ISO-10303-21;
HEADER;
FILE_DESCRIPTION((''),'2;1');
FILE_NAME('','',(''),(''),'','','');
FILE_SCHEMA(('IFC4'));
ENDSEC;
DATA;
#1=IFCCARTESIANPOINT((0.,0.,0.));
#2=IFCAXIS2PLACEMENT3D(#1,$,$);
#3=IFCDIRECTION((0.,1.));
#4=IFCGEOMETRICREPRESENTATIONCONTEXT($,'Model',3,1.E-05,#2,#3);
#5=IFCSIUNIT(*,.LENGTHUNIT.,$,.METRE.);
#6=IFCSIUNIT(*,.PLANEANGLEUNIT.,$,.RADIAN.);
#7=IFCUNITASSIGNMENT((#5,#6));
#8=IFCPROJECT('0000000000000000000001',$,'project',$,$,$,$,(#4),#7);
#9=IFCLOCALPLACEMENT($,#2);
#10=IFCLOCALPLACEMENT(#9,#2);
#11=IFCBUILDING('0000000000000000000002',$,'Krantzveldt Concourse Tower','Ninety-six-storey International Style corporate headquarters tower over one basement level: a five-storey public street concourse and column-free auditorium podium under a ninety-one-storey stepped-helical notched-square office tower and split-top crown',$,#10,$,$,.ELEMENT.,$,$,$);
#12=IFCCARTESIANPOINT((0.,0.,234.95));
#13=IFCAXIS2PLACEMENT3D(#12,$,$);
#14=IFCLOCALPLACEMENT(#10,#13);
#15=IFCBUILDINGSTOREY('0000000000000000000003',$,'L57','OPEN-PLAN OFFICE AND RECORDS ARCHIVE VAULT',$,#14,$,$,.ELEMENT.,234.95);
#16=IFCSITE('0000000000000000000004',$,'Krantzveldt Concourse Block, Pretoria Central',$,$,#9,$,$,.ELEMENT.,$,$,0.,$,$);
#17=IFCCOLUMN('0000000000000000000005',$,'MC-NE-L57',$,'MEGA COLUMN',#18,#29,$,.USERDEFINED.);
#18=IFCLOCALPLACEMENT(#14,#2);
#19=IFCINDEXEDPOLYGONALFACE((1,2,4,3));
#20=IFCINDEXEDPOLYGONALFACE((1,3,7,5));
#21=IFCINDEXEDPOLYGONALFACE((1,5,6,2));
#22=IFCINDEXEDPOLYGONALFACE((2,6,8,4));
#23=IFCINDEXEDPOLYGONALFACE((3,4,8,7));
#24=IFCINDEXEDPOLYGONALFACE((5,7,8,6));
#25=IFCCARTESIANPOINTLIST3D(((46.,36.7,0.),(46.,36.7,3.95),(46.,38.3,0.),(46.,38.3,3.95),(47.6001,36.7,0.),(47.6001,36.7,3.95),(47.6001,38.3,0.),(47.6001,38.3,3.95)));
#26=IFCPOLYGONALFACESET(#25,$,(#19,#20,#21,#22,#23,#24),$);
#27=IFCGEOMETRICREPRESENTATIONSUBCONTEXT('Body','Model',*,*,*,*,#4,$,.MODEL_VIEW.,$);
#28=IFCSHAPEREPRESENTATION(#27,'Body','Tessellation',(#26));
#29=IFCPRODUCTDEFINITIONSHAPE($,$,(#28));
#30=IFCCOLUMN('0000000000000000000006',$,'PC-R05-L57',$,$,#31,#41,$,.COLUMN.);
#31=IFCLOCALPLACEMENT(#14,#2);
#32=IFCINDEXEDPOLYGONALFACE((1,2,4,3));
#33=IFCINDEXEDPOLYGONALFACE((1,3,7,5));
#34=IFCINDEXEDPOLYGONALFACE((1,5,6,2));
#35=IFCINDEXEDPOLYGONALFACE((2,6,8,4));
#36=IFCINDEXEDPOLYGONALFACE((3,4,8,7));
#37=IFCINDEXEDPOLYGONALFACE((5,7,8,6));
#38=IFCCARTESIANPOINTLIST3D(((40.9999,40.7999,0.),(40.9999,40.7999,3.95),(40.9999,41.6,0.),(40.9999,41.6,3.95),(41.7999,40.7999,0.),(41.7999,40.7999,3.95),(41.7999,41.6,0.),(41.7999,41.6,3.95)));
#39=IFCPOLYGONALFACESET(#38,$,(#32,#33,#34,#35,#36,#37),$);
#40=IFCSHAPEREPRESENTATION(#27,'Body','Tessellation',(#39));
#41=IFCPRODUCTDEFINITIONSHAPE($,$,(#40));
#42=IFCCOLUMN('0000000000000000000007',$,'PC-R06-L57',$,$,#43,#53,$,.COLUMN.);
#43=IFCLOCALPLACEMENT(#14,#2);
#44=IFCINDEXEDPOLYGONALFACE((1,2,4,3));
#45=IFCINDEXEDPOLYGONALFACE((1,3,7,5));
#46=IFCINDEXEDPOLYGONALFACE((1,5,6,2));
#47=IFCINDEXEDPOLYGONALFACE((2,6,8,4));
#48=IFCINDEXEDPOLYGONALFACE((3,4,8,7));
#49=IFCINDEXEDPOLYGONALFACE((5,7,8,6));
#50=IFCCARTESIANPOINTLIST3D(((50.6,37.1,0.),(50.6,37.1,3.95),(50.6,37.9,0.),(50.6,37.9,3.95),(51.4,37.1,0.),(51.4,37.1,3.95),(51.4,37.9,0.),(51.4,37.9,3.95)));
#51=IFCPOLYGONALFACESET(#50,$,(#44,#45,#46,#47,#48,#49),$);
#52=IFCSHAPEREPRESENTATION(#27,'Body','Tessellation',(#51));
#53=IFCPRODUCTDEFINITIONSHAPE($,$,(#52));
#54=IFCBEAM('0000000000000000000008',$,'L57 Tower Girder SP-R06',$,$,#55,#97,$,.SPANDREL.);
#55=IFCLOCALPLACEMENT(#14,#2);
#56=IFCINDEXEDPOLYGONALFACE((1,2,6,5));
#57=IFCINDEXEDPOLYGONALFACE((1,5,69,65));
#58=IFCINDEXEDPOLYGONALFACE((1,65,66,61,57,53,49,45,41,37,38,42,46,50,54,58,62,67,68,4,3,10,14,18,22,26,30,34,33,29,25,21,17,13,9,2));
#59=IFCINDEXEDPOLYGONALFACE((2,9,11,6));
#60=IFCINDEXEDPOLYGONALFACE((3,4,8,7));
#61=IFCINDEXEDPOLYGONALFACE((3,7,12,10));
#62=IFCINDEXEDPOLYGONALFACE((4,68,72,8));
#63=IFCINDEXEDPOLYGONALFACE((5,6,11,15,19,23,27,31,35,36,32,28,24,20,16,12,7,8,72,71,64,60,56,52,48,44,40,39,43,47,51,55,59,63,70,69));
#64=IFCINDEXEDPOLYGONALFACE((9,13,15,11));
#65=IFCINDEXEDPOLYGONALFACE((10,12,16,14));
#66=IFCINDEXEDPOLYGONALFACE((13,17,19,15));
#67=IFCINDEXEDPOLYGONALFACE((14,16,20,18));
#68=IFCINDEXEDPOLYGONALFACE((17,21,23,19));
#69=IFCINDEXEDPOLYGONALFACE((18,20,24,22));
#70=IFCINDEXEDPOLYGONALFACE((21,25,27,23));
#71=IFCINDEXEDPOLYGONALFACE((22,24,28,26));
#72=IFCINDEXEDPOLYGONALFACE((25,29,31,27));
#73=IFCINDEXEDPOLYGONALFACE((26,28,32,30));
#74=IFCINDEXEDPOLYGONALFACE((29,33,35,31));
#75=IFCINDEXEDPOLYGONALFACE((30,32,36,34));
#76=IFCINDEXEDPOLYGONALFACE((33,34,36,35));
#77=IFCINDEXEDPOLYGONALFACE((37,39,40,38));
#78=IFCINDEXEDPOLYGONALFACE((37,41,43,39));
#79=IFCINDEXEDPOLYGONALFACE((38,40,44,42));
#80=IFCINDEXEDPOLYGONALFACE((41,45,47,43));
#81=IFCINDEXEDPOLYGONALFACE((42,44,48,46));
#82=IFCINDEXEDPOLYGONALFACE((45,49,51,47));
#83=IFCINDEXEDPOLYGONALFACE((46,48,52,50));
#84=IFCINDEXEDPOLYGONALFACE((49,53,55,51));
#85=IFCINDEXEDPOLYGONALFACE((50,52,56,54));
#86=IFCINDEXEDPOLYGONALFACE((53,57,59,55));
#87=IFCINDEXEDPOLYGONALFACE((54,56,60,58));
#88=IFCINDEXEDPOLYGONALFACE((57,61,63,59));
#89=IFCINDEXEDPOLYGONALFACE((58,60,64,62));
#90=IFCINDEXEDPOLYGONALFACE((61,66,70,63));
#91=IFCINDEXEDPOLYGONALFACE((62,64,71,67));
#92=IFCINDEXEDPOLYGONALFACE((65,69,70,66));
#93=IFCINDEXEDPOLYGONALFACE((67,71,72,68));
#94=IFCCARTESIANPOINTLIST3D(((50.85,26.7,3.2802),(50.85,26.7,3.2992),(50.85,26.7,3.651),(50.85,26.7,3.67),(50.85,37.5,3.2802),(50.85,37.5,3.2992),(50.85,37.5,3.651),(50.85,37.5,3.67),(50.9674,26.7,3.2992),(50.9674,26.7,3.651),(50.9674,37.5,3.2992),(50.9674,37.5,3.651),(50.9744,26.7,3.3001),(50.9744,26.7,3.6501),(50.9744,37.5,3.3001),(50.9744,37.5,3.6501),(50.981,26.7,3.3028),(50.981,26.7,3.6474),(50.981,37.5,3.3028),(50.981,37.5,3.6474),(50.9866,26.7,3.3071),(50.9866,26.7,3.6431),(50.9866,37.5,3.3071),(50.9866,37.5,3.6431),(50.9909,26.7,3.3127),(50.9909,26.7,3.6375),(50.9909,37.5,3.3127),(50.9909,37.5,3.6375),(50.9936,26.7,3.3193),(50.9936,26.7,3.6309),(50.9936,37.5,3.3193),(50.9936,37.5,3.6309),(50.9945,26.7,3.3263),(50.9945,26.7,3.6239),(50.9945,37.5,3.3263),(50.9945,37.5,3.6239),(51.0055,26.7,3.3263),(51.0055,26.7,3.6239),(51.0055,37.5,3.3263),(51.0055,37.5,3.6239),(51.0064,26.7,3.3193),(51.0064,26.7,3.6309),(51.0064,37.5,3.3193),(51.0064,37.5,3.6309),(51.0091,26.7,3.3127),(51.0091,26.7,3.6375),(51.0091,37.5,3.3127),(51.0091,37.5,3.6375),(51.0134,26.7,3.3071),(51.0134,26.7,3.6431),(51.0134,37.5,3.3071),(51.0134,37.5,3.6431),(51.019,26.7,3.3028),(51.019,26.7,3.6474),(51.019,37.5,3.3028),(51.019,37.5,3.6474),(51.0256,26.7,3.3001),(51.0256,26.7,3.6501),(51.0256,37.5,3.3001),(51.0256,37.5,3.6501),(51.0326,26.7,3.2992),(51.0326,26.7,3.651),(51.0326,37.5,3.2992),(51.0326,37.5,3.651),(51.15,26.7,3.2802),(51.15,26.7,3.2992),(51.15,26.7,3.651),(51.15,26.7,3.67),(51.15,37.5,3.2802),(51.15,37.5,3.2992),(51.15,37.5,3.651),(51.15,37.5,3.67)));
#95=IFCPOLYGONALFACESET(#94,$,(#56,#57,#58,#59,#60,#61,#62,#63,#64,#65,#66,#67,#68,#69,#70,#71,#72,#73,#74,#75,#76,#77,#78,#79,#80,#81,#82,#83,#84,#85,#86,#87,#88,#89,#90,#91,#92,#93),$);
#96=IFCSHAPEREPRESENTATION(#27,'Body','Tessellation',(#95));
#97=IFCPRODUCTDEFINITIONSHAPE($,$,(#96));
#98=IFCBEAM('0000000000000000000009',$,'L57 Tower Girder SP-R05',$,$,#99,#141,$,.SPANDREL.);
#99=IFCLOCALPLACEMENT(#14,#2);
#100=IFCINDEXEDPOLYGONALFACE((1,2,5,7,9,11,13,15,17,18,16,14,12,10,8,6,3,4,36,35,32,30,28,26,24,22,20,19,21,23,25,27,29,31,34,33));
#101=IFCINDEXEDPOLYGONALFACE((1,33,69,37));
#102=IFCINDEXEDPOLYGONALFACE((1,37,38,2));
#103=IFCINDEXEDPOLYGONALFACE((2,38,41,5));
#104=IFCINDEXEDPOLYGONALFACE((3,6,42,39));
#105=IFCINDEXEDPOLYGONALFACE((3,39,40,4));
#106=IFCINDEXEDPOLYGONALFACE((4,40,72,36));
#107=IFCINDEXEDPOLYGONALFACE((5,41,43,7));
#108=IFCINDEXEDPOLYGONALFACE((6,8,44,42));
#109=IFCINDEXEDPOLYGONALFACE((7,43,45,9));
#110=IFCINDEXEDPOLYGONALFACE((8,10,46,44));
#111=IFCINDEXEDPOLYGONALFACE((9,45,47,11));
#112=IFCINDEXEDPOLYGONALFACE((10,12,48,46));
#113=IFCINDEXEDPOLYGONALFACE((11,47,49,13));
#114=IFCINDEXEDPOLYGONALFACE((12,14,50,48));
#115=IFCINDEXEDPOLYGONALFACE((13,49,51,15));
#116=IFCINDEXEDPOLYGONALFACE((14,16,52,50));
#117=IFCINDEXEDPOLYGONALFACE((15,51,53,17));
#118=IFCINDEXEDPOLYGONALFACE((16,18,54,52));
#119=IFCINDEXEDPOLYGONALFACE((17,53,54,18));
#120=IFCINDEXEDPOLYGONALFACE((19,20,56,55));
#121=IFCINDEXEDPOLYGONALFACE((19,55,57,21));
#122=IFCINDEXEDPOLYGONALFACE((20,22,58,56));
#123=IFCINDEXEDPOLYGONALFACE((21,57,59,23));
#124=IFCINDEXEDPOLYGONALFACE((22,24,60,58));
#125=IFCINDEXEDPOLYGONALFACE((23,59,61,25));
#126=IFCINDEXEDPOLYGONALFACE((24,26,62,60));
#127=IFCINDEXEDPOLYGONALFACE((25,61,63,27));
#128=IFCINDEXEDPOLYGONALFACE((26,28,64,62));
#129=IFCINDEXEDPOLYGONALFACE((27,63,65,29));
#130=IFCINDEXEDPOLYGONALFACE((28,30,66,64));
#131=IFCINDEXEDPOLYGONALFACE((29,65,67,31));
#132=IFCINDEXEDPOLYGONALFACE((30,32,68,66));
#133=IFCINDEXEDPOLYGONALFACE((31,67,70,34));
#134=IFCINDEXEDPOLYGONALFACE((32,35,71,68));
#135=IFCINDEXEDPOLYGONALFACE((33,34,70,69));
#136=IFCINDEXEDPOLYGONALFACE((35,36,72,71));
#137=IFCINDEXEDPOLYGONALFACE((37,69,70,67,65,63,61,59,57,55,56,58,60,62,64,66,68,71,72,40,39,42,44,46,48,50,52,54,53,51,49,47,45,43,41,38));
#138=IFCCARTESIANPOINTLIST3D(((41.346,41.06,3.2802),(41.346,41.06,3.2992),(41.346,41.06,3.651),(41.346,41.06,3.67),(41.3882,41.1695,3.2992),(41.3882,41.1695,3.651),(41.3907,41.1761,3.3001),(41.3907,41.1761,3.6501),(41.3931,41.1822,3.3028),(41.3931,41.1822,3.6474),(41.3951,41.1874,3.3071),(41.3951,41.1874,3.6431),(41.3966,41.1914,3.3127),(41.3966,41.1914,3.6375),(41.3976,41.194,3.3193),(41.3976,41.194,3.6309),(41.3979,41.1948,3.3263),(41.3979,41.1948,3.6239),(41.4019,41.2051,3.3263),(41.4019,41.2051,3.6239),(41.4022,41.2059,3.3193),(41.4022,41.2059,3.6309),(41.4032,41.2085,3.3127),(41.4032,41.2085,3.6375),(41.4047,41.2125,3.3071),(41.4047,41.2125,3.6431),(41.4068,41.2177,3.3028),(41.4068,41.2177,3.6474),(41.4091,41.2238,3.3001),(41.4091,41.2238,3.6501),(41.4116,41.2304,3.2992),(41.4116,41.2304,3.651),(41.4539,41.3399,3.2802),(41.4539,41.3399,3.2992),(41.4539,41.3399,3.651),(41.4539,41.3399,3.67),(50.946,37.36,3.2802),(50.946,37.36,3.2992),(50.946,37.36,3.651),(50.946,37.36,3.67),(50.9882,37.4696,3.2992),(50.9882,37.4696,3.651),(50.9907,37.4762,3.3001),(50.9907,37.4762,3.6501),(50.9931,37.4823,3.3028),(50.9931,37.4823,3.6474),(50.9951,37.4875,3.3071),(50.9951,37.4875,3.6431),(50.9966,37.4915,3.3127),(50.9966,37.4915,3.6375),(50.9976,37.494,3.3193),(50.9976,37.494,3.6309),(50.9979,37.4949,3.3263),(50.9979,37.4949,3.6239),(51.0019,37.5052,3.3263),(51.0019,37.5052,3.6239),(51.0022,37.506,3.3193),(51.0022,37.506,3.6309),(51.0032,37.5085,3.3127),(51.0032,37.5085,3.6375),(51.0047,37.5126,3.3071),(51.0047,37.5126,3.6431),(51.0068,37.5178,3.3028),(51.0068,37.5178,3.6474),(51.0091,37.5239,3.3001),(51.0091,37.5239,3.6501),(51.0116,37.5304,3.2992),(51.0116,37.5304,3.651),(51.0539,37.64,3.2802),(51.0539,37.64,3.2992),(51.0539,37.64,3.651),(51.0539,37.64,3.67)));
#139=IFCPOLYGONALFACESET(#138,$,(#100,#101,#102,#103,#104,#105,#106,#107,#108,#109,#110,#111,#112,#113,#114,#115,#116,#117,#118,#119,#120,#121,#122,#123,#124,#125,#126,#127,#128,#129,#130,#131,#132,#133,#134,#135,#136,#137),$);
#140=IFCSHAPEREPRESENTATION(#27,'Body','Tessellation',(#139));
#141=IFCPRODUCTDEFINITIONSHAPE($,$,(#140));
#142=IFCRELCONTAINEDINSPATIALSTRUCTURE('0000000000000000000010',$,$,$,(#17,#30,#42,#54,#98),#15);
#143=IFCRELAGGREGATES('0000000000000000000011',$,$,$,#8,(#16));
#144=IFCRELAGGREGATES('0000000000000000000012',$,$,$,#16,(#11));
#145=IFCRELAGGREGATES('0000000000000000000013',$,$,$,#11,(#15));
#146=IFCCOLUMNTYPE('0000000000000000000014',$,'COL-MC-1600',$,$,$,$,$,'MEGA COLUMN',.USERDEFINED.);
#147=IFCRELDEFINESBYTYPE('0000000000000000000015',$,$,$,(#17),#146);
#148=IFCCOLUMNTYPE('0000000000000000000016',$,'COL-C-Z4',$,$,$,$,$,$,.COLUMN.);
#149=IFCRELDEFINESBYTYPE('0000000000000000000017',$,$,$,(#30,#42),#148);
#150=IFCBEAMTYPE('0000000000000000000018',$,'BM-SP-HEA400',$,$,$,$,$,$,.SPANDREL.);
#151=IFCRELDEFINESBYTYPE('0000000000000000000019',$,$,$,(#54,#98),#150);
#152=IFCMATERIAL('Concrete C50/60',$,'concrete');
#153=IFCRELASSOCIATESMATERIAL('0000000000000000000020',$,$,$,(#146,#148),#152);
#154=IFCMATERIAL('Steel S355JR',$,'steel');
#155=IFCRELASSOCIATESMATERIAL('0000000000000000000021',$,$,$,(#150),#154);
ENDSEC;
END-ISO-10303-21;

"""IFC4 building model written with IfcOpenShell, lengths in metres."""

from ifc_helpers import new_model, si_unit, direction, frame, origin, origin_2d, place, context, subcontext, project, spatial, rectangle, i_section, extrude, source, transform, mapped, material, material_profile, profile_set, type_object, type_shapes, element, save


model = new_model("IFC4")

# Units and contexts
model_context = context("Model", 3, precision=1e-05, world=origin(), true_north=direction((0.0, 1.0)))
body_context = subcontext(model_context, "Body", "Model", "MODEL_VIEW")
ifc_project = project(units=[si_unit("LENGTHUNIT", "METRE"), si_unit("PLANEANGLEUNIT", "RADIAN")], contexts=[model_context])

# Site, building, storey
site_placement = place(None, origin())
site = spatial("IfcSite", under=ifc_project, at=site_placement, Name="Krantzveldt Concourse Block, Pretoria Central", CompositionType="ELEMENT", RefElevation=0.0)
building_placement = place(site_placement, origin())
building = spatial("IfcBuilding", under=site, at=building_placement, Name="Krantzveldt Concourse Tower", Description="Ninety-six-storey International Style corporate headquarters tower over one basement level: a five-storey public street concourse and column-free auditorium podium under a ninety-one-storey stepped-helical notched-square office tower and split-top crown", CompositionType="ELEMENT")
storey_placement = place(building_placement, frame((0.0, 0.0, 234.95)))
storey = spatial("IfcBuildingStorey", under=building, at=storey_placement, Name="L57", Description="OPEN-PLAN OFFICE AND RECORDS ARCHIVE VAULT", CompositionType="ELEMENT", Elevation=234.95)

# Columns
ifc_material_1 = material(Name="Concrete C50/60", Category="concrete")
ifc_material_profile_1 = material_profile(ifc_material_1, rectangle(XDim=1.6001, YDim=1.6001, at=origin_2d()), Name="Concrete C50/60", Category="concrete")
ifc_profile_set_1 = profile_set([ifc_material_profile_1], Name="Concrete C50/60 - RC 1600x1600")
column_type_1 = type_object("IfcColumnType", Name="COL-MC-1600", ElementType="MEGA COLUMN", PredefinedType="USERDEFINED", material=ifc_profile_set_1)
shared_shape_1 = source(origin(), body_context, "Body", "SweptSolid", [
    extrude(rectangle(XDim=1.6001, YDim=1.6001, at=origin_2d()), origin(), (0.0, 0.0, 1.0), 3.95),
])
type_shapes(column_type_1, [shared_shape_1])
column_placement = place(storey_placement, frame((46.8, 37.5, 0.0), z_axis=(0.0, 0.0, 1.0), x_axis=(1.0, 0.0, 0.0)))
element("IfcColumn", 1, at=column_placement, inside=storey, type_object=column_type_1, Name="MC-NE-L57", ObjectType="MEGA COLUMN", PredefinedType="USERDEFINED", context=body_context, shape_type="MappedRepresentation", body=[
    mapped(shared_shape_1, transform((0.0, 0.0, 0.0), x_axis=(1.0, 0.0, 0.0), y_axis=(0.0, 1.0, 0.0), z_axis=(0.0, 0.0, 1.0), scale=1.0)),
])
ifc_material_profile_2 = material_profile(ifc_material_1, rectangle(XDim=0.8, YDim=0.8, at=origin_2d()), Name="Concrete C50/60", Category="concrete")
ifc_profile_set_2 = profile_set([ifc_material_profile_2], Name="Concrete C50/60 - RC 800x800")
column_type_2 = type_object("IfcColumnType", Name="COL-C-Z4", PredefinedType="COLUMN", material=ifc_profile_set_2)
shared_shape_2 = source(origin(), body_context, "Body", "SweptSolid", [
    extrude(rectangle(XDim=0.8, YDim=0.8, at=origin_2d()), origin(), (0.0, 0.0, 1.0), 3.95),
])
type_shapes(column_type_2, [shared_shape_2])
for number, where, z_axis, x_axis, name in (
    (2, (41.3999, 41.2, 0.0), (0.0, 0.0, 1.0), (1.0, 0.0, 0.0), "PC-R05-L57"),
    (3, (51.0, 37.5, 0.0), (0.0, 0.0, 1.0), (1.0, 0.0, 0.0), "PC-R06-L57"),
):
    element("IfcColumn", number, at=place(storey_placement, frame(where, z_axis=z_axis, x_axis=x_axis)), inside=storey, type_object=column_type_2, Name=name, PredefinedType="COLUMN", context=body_context, shape_type="MappedRepresentation", body=[
        mapped(shared_shape_2, transform((0.0, 0.0, 0.0), x_axis=(1.0, 0.0, 0.0), y_axis=(0.0, 1.0, 0.0), z_axis=(0.0, 0.0, 1.0), scale=1.0)),
    ])

# Beams
ifc_material_2 = material(Name="Steel S355JR", Category="steel")
ifc_material_profile_3 = material_profile(ifc_material_2, i_section(OverallWidth=0.3, OverallDepth=0.3899, WebThickness=0.011, FlangeThickness=0.019, FilletRadius=0.0271, at=origin_2d()), Name="Steel S355JR", Category="steel")
ifc_profile_set_3 = profile_set([ifc_material_profile_3], Name="Steel S355JR - HEA 400")
beam_type_1 = type_object("IfcBeamType", Name="BM-SP-HEA400", PredefinedType="SPANDREL", material=ifc_profile_set_3)
shared_shape_3 = source(origin(), body_context, "Body", "SweptSolid", [
    extrude(i_section(OverallWidth=0.3, OverallDepth=0.3899, WebThickness=0.011, FlangeThickness=0.019, FilletRadius=0.0271, at=origin_2d()), origin(), (0.0, 0.0, 1.0), 10.8),
])
beam_1_placement = place(storey_placement, frame((51.0, 37.5, 3.4751), z_axis=(0.0, -1.0, 0.0), x_axis=(1.0, 0.0, 0.0)))
element("IfcBeam", 4, at=beam_1_placement, inside=storey, type_object=beam_type_1, Name="L57 Tower Girder SP-R06", PredefinedType="SPANDREL", context=body_context, shape_type="MappedRepresentation", body=[
    mapped(shared_shape_3, transform((0.0, 0.0, 0.0), x_axis=(1.0, 0.0, 0.0), y_axis=(0.0, 1.0, 0.0), z_axis=(0.0, 0.0, 1.0), scale=1.0)),
])
shared_shape_4 = source(origin(), body_context, "Body", "SweptSolid", [
    extrude(i_section(OverallWidth=0.3, OverallDepth=0.3899, WebThickness=0.011, FlangeThickness=0.019, FilletRadius=0.0271, at=origin_2d()), origin(), (0.0, 0.0, 1.0), 10.2883),
])
type_shapes(beam_type_1, [shared_shape_3, shared_shape_4])
beam_2_placement = place(storey_placement, frame((41.3999, 41.2, 3.4751), z_axis=(0.933098, -0.359623, 0.0), x_axis=(0.359623, 0.933098, 0.0)))
element("IfcBeam", 5, at=beam_2_placement, inside=storey, type_object=beam_type_1, Name="L57 Tower Girder SP-R05", PredefinedType="SPANDREL", context=body_context, shape_type="MappedRepresentation", body=[
    mapped(shared_shape_4, transform((0.0, 0.0, 0.0), x_axis=(1.0, 0.0, 0.0), y_axis=(0.0, 1.0, 0.0), z_axis=(0.0, 0.0, 1.0), scale=1.0)),
])

save(model, "model.ifc")
